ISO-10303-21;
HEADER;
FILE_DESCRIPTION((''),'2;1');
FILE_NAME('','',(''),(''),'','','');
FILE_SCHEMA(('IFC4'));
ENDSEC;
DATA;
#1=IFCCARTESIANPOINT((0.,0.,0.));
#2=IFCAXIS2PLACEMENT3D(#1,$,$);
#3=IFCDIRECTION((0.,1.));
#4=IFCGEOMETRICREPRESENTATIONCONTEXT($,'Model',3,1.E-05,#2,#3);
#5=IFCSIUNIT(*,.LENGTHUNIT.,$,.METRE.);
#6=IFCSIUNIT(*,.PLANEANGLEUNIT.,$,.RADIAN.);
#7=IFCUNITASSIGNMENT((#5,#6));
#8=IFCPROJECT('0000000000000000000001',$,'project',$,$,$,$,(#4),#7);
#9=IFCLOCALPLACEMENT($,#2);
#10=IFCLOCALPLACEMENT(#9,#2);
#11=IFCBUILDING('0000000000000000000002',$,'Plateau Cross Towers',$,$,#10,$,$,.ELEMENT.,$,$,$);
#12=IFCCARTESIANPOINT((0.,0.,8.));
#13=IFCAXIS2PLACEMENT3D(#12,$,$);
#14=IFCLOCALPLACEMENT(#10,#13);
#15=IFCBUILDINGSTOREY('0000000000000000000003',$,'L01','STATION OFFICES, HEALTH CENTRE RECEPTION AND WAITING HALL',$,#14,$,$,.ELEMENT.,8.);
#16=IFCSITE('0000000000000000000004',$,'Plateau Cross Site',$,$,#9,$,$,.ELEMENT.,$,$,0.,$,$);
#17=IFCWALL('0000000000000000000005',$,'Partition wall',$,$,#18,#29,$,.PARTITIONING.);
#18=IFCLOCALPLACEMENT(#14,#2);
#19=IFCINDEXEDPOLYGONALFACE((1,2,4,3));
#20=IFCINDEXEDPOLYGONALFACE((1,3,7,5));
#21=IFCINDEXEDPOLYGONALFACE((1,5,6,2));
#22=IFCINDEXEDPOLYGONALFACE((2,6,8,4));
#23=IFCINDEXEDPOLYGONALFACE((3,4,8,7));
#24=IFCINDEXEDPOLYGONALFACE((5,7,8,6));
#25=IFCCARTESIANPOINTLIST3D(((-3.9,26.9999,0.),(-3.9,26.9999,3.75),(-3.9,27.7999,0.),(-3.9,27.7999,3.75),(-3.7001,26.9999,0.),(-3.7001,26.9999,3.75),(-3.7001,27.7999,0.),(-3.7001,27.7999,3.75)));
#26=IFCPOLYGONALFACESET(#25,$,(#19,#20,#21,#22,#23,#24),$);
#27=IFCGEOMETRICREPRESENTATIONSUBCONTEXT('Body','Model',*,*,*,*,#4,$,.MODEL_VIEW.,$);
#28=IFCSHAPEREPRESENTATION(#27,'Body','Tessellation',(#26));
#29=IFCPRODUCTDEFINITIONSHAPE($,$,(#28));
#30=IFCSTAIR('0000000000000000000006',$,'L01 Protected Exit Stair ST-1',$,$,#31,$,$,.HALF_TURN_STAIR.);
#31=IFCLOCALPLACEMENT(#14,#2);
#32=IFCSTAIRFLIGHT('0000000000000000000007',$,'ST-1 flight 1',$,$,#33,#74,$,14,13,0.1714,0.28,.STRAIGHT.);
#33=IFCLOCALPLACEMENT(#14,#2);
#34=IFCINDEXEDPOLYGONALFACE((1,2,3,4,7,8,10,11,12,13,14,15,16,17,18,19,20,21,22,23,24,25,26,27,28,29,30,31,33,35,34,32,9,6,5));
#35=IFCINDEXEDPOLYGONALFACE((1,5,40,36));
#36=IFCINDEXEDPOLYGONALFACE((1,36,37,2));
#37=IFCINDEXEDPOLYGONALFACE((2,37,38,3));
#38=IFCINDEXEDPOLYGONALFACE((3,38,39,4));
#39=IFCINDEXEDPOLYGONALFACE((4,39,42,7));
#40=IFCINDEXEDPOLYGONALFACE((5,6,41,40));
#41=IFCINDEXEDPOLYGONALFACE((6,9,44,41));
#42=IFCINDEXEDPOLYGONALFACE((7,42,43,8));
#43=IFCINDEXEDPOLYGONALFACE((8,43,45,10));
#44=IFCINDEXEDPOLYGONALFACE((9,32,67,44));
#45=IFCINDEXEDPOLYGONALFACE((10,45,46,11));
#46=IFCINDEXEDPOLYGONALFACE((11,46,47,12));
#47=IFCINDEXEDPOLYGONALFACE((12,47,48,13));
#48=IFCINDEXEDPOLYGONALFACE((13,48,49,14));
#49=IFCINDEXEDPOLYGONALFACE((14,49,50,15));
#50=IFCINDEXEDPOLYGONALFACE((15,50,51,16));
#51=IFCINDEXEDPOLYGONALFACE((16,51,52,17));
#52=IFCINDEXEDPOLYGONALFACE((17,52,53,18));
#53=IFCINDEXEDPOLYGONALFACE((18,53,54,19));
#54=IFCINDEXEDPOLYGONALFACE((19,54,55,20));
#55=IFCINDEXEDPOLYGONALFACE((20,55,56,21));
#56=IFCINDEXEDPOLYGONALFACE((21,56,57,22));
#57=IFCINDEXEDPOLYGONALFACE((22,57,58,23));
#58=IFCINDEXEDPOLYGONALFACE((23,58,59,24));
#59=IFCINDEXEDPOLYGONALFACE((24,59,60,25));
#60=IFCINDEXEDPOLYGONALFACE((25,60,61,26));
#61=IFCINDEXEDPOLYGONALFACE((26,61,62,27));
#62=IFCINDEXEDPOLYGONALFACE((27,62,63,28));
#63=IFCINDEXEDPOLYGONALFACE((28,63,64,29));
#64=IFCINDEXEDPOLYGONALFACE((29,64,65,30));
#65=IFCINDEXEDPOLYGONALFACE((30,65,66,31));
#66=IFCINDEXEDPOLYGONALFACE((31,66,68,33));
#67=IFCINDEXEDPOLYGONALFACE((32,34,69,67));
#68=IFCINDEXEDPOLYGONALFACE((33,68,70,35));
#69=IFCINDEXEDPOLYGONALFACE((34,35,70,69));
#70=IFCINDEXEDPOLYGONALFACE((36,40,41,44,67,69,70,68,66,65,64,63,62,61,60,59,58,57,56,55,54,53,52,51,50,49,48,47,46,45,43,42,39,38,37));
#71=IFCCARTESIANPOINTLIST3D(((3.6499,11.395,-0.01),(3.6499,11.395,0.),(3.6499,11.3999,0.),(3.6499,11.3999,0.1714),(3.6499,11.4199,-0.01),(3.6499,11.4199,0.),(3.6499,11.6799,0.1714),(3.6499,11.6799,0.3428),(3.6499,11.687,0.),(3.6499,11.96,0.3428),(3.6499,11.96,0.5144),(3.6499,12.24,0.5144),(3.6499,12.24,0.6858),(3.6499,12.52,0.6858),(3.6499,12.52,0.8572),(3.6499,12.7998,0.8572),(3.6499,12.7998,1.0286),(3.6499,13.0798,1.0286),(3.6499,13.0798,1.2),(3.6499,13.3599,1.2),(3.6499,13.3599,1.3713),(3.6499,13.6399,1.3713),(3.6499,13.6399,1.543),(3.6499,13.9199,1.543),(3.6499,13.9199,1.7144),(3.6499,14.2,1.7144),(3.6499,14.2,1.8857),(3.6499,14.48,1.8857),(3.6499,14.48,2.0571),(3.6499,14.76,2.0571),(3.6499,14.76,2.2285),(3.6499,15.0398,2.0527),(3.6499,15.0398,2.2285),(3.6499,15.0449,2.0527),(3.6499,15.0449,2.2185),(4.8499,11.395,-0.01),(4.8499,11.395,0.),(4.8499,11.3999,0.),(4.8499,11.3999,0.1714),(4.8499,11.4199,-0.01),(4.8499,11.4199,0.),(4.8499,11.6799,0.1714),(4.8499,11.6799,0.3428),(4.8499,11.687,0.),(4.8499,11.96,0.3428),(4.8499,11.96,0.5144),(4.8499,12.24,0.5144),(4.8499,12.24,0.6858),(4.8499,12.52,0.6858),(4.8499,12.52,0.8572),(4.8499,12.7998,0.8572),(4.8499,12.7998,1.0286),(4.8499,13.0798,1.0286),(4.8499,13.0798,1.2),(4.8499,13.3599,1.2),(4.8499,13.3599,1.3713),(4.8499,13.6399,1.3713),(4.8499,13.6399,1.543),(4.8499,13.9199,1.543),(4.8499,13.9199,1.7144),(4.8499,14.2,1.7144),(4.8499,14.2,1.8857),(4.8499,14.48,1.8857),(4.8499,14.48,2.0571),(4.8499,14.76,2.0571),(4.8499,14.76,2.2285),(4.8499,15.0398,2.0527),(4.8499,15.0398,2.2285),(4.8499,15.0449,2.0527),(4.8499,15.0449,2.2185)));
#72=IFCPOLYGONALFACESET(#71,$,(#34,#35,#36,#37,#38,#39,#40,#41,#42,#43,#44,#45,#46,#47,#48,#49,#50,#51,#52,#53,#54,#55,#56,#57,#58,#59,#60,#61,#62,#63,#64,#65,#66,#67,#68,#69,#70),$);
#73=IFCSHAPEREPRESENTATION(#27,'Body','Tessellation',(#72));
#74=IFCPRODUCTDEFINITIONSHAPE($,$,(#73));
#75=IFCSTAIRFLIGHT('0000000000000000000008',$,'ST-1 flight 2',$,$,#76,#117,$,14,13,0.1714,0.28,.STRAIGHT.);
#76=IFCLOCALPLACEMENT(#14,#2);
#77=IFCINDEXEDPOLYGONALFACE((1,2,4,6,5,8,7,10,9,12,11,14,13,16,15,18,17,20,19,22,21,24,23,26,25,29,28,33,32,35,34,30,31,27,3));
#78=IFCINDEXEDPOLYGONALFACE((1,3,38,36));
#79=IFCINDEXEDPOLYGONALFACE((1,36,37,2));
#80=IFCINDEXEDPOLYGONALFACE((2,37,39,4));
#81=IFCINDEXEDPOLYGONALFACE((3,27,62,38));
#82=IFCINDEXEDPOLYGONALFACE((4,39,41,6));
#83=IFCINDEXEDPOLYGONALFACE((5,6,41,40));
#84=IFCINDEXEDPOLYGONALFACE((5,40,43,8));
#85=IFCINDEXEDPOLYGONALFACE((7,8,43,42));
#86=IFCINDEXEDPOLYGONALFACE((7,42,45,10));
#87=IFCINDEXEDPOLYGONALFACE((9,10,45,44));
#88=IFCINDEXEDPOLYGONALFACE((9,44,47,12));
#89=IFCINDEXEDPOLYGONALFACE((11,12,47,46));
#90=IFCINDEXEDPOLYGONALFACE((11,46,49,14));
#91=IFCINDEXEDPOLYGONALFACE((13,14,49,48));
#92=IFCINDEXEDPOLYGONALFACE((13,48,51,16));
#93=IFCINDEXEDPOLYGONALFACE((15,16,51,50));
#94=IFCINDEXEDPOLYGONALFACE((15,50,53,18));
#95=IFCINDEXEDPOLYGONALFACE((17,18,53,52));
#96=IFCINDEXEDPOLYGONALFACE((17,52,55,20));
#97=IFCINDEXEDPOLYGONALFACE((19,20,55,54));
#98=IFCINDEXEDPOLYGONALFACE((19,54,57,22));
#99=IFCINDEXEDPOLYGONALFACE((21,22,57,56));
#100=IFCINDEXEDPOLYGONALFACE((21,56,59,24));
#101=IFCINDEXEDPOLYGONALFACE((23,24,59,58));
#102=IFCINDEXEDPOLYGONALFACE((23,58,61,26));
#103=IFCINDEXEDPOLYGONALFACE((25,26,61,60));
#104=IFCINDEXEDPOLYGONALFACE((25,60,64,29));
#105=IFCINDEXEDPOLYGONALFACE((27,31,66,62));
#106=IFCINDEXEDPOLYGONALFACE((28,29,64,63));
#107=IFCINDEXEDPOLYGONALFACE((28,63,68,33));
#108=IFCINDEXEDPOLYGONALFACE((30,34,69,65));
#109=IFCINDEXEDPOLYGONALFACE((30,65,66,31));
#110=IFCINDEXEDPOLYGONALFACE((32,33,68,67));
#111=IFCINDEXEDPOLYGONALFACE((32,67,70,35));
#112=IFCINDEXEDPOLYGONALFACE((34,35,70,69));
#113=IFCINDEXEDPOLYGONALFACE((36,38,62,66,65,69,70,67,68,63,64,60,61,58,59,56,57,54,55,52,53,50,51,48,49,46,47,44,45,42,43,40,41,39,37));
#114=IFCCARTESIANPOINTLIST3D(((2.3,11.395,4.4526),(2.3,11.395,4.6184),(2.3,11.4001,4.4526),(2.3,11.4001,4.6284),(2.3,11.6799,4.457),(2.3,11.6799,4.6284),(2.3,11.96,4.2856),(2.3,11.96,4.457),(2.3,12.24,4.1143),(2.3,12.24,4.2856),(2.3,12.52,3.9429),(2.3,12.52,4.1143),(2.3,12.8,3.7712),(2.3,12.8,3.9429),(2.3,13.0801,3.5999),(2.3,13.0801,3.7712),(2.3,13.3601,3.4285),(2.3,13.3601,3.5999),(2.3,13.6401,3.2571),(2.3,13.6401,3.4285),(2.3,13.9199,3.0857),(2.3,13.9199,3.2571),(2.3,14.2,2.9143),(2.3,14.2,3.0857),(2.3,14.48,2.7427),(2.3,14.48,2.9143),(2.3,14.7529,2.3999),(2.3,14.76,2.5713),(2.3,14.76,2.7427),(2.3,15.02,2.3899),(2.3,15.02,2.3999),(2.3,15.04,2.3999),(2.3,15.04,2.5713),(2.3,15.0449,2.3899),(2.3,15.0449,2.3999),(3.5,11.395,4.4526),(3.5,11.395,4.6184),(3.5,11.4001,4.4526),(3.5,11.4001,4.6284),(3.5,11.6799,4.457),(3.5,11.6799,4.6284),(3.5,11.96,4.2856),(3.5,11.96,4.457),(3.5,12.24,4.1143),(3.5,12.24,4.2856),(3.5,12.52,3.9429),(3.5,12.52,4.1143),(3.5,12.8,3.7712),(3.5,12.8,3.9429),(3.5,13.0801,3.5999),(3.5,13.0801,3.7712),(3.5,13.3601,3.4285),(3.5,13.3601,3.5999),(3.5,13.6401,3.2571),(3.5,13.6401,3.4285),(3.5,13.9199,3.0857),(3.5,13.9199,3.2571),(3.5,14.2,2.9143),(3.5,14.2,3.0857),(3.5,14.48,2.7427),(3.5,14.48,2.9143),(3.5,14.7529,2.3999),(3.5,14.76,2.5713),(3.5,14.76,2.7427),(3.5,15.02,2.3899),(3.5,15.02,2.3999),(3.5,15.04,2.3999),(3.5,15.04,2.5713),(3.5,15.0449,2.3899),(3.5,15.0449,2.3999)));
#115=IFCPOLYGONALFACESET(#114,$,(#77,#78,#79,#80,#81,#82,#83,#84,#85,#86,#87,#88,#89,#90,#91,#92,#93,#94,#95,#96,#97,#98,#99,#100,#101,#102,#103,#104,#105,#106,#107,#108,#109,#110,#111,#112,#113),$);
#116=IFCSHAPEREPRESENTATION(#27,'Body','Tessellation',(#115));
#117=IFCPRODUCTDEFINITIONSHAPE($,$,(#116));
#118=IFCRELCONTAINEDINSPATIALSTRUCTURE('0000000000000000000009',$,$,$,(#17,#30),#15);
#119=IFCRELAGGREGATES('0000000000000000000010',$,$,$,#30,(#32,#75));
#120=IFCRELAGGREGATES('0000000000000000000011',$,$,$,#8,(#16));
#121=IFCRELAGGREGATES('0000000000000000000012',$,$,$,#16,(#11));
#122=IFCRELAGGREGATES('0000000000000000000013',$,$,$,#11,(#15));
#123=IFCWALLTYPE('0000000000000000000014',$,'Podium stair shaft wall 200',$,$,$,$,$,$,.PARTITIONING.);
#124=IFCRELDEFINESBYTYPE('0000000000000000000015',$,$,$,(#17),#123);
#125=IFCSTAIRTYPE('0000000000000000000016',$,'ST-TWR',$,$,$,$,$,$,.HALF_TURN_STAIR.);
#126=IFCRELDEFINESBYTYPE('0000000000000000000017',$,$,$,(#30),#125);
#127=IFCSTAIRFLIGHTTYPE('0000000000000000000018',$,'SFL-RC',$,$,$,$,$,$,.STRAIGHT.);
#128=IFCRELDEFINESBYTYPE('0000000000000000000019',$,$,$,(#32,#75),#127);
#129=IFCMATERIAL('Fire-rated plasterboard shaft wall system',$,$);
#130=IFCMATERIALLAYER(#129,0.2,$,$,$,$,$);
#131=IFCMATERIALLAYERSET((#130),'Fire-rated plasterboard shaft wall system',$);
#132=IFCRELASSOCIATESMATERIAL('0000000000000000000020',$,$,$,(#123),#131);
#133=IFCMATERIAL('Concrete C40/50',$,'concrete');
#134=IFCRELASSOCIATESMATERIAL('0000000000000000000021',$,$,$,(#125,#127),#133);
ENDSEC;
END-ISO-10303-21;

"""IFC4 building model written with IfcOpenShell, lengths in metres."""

from ifc_helpers import new_model, si_unit, direction, frame, frame_2d, origin, place, context, subcontext, project, spatial, polyline, rectangle, outline, extrude, material, layer, layer_set, type_object, element, aggregate, save


model = new_model("IFC4")

# Units and contexts
model_context = context("Model", 3, precision=1e-05, world=origin(), true_north=direction((0.0, 1.0)))
body_context = subcontext(model_context, "Body", "Model", "MODEL_VIEW")
ifc_project = project(units=[si_unit("LENGTHUNIT", "METRE"), si_unit("PLANEANGLEUNIT", "RADIAN")], contexts=[model_context])

# Site, building, storey
site_placement = place(None, origin())
site = spatial("IfcSite", under=ifc_project, at=site_placement, Name="Plateau Cross Site", CompositionType="ELEMENT", RefElevation=0.0)
building_placement = place(site_placement, origin())
building = spatial("IfcBuilding", under=site, at=building_placement, Name="Plateau Cross Towers", CompositionType="ELEMENT")
storey_placement = place(building_placement, frame((0.0, 0.0, 8.0)))
storey = spatial("IfcBuildingStorey", under=building, at=storey_placement, Name="L01", Description="STATION OFFICES, HEALTH CENTRE RECEPTION AND WAITING HALL", CompositionType="ELEMENT", Elevation=8.0)

# Wall
ifc_material_1 = material(Name="Fire-rated plasterboard shaft wall system")
ifc_layer_1 = layer(ifc_material_1, 0.2)
ifc_layer_set_1 = layer_set([ifc_layer_1], Name="Fire-rated plasterboard shaft wall system")
wall_type_1 = type_object("IfcWallType", Name="Podium stair shaft wall 200", PredefinedType="PARTITIONING", material=ifc_layer_set_1)
wall_1_placement = place(storey_placement, frame((-3.8, 27.0, 0.0), z_axis=(0.0, 0.0, 1.0), x_axis=(0.0, 1.0, 0.0)))
element("IfcWall", 1, at=wall_1_placement, inside=storey, type_object=wall_type_1, Name="Partition wall", PredefinedType="PARTITIONING", context=body_context, shape_type="SweptSolid", body=[
    extrude(rectangle(XDim=0.8, YDim=0.2, at=frame_2d((0.3999, 0.0))), origin(), (0.0, 0.0, 1.0), 3.75),
])

# Stair, stair flights
ifc_material_2 = material(Name="Concrete C40/50", Category="concrete")
stair_type = type_object("IfcStairType", Name="ST-TWR", PredefinedType="HALF_TURN_STAIR", material=ifc_material_2)
stair_placement = place(storey_placement, origin())
stair = element("IfcStair", 2, at=stair_placement, inside=storey, type_object=stair_type, Name="L01 Protected Exit Stair ST-1", PredefinedType="HALF_TURN_STAIR")
stair_flight_type = type_object("IfcStairFlightType", Name="SFL-RC", PredefinedType="STRAIGHT", material=ifc_material_2)
stair_flight_1_placement = place(storey_placement, frame((4.25, 11.3999, 0.0), z_axis=(0.0, 0.0, 1.0), x_axis=(0.0, 1.0, 0.0)))
stair_flight_1 = element("IfcStairFlight", 3, at=stair_flight_1_placement, type_object=stair_flight_type, Name="ST-1 flight 1", NumberOfRisers=14, NumberOfTreads=13, PredefinedType="STRAIGHT", RiserHeight=0.1714, TreadLength=0.28, context=body_context, shape_type="SweptSolid", body=[
    extrude(outline(polyline([(-0.0049, -0.01), (-0.0049, 0.0), (0.0, 0.0), (0.0, 0.1714), (0.28, 0.1714), (0.28, 0.3428), (0.5601, 0.3428), (0.5601, 0.5144), (0.8401, 0.5144), (0.8401, 0.6858), (1.1201, 0.6858), (1.1201, 0.8572), (1.3999, 0.8572), (1.3999, 1.0286), (1.6799, 1.0286), (1.6799, 1.2), (1.96, 1.2), (1.96, 1.3713), (2.24, 1.3713), (2.24, 1.543), (2.52, 1.543), (2.52, 1.7144), (2.8, 1.7144), (2.8, 1.8857), (3.0801, 1.8857), (3.0801, 2.0571), (3.3601, 2.0571), (3.3601, 2.2285), (3.6399, 2.2285), (3.645, 2.2185), (3.645, 2.0527), (3.6399, 2.0527), (0.2871, 0.0), (0.02, 0.0), (0.02, -0.01), (-0.0049, -0.01)])), frame((0.0, 0.6001, 0.0), z_axis=(0.0, -1.0, 0.0), x_axis=(1.0, 0.0, 0.0)), (0.0, 0.0, 1.0), 1.2),
])
stair_flight_2_placement = place(storey_placement, frame((2.8999, 15.04, 2.3999), z_axis=(0.0, 0.0, 1.0), x_axis=(0.0, -1.0, 0.0)))
stair_flight_2 = element("IfcStairFlight", 4, at=stair_flight_2_placement, type_object=stair_flight_type, Name="ST-1 flight 2", NumberOfRisers=14, NumberOfTreads=13, PredefinedType="STRAIGHT", RiserHeight=0.1714, TreadLength=0.28, context=body_context, shape_type="SweptSolid", body=[
    extrude(outline(polyline([(-0.0049, -0.01), (-0.0049, 0.0), (0.0, 0.0), (0.0, 0.1714), (0.28, 0.1714), (0.28, 0.3428), (0.5601, 0.3428), (0.5601, 0.5144), (0.8401, 0.5144), (0.8401, 0.6858), (1.1201, 0.6858), (1.1201, 0.8572), (1.3999, 0.8572), (1.3999, 1.0286), (1.6799, 1.0286), (1.6799, 1.2), (1.96, 1.2), (1.96, 1.3713), (2.24, 1.3713), (2.24, 1.543), (2.52, 1.543), (2.52, 1.7144), (2.8, 1.7144), (2.8, 1.8857), (3.0801, 1.8857), (3.0801, 2.0571), (3.3601, 2.0571), (3.3601, 2.2285), (3.6399, 2.2285), (3.645, 2.2185), (3.645, 2.0527), (3.6399, 2.0527), (0.2871, 0.0), (0.02, 0.0), (0.02, -0.01), (-0.0049, -0.01)])), frame((0.0, 0.6001, 0.0), z_axis=(0.0, -1.0, 0.0), x_axis=(1.0, 0.0, 0.0)), (0.0, 0.0, 1.0), 1.2),
])
aggregate(stair, [stair_flight_1, stair_flight_2])

save(model, "model.ifc")
